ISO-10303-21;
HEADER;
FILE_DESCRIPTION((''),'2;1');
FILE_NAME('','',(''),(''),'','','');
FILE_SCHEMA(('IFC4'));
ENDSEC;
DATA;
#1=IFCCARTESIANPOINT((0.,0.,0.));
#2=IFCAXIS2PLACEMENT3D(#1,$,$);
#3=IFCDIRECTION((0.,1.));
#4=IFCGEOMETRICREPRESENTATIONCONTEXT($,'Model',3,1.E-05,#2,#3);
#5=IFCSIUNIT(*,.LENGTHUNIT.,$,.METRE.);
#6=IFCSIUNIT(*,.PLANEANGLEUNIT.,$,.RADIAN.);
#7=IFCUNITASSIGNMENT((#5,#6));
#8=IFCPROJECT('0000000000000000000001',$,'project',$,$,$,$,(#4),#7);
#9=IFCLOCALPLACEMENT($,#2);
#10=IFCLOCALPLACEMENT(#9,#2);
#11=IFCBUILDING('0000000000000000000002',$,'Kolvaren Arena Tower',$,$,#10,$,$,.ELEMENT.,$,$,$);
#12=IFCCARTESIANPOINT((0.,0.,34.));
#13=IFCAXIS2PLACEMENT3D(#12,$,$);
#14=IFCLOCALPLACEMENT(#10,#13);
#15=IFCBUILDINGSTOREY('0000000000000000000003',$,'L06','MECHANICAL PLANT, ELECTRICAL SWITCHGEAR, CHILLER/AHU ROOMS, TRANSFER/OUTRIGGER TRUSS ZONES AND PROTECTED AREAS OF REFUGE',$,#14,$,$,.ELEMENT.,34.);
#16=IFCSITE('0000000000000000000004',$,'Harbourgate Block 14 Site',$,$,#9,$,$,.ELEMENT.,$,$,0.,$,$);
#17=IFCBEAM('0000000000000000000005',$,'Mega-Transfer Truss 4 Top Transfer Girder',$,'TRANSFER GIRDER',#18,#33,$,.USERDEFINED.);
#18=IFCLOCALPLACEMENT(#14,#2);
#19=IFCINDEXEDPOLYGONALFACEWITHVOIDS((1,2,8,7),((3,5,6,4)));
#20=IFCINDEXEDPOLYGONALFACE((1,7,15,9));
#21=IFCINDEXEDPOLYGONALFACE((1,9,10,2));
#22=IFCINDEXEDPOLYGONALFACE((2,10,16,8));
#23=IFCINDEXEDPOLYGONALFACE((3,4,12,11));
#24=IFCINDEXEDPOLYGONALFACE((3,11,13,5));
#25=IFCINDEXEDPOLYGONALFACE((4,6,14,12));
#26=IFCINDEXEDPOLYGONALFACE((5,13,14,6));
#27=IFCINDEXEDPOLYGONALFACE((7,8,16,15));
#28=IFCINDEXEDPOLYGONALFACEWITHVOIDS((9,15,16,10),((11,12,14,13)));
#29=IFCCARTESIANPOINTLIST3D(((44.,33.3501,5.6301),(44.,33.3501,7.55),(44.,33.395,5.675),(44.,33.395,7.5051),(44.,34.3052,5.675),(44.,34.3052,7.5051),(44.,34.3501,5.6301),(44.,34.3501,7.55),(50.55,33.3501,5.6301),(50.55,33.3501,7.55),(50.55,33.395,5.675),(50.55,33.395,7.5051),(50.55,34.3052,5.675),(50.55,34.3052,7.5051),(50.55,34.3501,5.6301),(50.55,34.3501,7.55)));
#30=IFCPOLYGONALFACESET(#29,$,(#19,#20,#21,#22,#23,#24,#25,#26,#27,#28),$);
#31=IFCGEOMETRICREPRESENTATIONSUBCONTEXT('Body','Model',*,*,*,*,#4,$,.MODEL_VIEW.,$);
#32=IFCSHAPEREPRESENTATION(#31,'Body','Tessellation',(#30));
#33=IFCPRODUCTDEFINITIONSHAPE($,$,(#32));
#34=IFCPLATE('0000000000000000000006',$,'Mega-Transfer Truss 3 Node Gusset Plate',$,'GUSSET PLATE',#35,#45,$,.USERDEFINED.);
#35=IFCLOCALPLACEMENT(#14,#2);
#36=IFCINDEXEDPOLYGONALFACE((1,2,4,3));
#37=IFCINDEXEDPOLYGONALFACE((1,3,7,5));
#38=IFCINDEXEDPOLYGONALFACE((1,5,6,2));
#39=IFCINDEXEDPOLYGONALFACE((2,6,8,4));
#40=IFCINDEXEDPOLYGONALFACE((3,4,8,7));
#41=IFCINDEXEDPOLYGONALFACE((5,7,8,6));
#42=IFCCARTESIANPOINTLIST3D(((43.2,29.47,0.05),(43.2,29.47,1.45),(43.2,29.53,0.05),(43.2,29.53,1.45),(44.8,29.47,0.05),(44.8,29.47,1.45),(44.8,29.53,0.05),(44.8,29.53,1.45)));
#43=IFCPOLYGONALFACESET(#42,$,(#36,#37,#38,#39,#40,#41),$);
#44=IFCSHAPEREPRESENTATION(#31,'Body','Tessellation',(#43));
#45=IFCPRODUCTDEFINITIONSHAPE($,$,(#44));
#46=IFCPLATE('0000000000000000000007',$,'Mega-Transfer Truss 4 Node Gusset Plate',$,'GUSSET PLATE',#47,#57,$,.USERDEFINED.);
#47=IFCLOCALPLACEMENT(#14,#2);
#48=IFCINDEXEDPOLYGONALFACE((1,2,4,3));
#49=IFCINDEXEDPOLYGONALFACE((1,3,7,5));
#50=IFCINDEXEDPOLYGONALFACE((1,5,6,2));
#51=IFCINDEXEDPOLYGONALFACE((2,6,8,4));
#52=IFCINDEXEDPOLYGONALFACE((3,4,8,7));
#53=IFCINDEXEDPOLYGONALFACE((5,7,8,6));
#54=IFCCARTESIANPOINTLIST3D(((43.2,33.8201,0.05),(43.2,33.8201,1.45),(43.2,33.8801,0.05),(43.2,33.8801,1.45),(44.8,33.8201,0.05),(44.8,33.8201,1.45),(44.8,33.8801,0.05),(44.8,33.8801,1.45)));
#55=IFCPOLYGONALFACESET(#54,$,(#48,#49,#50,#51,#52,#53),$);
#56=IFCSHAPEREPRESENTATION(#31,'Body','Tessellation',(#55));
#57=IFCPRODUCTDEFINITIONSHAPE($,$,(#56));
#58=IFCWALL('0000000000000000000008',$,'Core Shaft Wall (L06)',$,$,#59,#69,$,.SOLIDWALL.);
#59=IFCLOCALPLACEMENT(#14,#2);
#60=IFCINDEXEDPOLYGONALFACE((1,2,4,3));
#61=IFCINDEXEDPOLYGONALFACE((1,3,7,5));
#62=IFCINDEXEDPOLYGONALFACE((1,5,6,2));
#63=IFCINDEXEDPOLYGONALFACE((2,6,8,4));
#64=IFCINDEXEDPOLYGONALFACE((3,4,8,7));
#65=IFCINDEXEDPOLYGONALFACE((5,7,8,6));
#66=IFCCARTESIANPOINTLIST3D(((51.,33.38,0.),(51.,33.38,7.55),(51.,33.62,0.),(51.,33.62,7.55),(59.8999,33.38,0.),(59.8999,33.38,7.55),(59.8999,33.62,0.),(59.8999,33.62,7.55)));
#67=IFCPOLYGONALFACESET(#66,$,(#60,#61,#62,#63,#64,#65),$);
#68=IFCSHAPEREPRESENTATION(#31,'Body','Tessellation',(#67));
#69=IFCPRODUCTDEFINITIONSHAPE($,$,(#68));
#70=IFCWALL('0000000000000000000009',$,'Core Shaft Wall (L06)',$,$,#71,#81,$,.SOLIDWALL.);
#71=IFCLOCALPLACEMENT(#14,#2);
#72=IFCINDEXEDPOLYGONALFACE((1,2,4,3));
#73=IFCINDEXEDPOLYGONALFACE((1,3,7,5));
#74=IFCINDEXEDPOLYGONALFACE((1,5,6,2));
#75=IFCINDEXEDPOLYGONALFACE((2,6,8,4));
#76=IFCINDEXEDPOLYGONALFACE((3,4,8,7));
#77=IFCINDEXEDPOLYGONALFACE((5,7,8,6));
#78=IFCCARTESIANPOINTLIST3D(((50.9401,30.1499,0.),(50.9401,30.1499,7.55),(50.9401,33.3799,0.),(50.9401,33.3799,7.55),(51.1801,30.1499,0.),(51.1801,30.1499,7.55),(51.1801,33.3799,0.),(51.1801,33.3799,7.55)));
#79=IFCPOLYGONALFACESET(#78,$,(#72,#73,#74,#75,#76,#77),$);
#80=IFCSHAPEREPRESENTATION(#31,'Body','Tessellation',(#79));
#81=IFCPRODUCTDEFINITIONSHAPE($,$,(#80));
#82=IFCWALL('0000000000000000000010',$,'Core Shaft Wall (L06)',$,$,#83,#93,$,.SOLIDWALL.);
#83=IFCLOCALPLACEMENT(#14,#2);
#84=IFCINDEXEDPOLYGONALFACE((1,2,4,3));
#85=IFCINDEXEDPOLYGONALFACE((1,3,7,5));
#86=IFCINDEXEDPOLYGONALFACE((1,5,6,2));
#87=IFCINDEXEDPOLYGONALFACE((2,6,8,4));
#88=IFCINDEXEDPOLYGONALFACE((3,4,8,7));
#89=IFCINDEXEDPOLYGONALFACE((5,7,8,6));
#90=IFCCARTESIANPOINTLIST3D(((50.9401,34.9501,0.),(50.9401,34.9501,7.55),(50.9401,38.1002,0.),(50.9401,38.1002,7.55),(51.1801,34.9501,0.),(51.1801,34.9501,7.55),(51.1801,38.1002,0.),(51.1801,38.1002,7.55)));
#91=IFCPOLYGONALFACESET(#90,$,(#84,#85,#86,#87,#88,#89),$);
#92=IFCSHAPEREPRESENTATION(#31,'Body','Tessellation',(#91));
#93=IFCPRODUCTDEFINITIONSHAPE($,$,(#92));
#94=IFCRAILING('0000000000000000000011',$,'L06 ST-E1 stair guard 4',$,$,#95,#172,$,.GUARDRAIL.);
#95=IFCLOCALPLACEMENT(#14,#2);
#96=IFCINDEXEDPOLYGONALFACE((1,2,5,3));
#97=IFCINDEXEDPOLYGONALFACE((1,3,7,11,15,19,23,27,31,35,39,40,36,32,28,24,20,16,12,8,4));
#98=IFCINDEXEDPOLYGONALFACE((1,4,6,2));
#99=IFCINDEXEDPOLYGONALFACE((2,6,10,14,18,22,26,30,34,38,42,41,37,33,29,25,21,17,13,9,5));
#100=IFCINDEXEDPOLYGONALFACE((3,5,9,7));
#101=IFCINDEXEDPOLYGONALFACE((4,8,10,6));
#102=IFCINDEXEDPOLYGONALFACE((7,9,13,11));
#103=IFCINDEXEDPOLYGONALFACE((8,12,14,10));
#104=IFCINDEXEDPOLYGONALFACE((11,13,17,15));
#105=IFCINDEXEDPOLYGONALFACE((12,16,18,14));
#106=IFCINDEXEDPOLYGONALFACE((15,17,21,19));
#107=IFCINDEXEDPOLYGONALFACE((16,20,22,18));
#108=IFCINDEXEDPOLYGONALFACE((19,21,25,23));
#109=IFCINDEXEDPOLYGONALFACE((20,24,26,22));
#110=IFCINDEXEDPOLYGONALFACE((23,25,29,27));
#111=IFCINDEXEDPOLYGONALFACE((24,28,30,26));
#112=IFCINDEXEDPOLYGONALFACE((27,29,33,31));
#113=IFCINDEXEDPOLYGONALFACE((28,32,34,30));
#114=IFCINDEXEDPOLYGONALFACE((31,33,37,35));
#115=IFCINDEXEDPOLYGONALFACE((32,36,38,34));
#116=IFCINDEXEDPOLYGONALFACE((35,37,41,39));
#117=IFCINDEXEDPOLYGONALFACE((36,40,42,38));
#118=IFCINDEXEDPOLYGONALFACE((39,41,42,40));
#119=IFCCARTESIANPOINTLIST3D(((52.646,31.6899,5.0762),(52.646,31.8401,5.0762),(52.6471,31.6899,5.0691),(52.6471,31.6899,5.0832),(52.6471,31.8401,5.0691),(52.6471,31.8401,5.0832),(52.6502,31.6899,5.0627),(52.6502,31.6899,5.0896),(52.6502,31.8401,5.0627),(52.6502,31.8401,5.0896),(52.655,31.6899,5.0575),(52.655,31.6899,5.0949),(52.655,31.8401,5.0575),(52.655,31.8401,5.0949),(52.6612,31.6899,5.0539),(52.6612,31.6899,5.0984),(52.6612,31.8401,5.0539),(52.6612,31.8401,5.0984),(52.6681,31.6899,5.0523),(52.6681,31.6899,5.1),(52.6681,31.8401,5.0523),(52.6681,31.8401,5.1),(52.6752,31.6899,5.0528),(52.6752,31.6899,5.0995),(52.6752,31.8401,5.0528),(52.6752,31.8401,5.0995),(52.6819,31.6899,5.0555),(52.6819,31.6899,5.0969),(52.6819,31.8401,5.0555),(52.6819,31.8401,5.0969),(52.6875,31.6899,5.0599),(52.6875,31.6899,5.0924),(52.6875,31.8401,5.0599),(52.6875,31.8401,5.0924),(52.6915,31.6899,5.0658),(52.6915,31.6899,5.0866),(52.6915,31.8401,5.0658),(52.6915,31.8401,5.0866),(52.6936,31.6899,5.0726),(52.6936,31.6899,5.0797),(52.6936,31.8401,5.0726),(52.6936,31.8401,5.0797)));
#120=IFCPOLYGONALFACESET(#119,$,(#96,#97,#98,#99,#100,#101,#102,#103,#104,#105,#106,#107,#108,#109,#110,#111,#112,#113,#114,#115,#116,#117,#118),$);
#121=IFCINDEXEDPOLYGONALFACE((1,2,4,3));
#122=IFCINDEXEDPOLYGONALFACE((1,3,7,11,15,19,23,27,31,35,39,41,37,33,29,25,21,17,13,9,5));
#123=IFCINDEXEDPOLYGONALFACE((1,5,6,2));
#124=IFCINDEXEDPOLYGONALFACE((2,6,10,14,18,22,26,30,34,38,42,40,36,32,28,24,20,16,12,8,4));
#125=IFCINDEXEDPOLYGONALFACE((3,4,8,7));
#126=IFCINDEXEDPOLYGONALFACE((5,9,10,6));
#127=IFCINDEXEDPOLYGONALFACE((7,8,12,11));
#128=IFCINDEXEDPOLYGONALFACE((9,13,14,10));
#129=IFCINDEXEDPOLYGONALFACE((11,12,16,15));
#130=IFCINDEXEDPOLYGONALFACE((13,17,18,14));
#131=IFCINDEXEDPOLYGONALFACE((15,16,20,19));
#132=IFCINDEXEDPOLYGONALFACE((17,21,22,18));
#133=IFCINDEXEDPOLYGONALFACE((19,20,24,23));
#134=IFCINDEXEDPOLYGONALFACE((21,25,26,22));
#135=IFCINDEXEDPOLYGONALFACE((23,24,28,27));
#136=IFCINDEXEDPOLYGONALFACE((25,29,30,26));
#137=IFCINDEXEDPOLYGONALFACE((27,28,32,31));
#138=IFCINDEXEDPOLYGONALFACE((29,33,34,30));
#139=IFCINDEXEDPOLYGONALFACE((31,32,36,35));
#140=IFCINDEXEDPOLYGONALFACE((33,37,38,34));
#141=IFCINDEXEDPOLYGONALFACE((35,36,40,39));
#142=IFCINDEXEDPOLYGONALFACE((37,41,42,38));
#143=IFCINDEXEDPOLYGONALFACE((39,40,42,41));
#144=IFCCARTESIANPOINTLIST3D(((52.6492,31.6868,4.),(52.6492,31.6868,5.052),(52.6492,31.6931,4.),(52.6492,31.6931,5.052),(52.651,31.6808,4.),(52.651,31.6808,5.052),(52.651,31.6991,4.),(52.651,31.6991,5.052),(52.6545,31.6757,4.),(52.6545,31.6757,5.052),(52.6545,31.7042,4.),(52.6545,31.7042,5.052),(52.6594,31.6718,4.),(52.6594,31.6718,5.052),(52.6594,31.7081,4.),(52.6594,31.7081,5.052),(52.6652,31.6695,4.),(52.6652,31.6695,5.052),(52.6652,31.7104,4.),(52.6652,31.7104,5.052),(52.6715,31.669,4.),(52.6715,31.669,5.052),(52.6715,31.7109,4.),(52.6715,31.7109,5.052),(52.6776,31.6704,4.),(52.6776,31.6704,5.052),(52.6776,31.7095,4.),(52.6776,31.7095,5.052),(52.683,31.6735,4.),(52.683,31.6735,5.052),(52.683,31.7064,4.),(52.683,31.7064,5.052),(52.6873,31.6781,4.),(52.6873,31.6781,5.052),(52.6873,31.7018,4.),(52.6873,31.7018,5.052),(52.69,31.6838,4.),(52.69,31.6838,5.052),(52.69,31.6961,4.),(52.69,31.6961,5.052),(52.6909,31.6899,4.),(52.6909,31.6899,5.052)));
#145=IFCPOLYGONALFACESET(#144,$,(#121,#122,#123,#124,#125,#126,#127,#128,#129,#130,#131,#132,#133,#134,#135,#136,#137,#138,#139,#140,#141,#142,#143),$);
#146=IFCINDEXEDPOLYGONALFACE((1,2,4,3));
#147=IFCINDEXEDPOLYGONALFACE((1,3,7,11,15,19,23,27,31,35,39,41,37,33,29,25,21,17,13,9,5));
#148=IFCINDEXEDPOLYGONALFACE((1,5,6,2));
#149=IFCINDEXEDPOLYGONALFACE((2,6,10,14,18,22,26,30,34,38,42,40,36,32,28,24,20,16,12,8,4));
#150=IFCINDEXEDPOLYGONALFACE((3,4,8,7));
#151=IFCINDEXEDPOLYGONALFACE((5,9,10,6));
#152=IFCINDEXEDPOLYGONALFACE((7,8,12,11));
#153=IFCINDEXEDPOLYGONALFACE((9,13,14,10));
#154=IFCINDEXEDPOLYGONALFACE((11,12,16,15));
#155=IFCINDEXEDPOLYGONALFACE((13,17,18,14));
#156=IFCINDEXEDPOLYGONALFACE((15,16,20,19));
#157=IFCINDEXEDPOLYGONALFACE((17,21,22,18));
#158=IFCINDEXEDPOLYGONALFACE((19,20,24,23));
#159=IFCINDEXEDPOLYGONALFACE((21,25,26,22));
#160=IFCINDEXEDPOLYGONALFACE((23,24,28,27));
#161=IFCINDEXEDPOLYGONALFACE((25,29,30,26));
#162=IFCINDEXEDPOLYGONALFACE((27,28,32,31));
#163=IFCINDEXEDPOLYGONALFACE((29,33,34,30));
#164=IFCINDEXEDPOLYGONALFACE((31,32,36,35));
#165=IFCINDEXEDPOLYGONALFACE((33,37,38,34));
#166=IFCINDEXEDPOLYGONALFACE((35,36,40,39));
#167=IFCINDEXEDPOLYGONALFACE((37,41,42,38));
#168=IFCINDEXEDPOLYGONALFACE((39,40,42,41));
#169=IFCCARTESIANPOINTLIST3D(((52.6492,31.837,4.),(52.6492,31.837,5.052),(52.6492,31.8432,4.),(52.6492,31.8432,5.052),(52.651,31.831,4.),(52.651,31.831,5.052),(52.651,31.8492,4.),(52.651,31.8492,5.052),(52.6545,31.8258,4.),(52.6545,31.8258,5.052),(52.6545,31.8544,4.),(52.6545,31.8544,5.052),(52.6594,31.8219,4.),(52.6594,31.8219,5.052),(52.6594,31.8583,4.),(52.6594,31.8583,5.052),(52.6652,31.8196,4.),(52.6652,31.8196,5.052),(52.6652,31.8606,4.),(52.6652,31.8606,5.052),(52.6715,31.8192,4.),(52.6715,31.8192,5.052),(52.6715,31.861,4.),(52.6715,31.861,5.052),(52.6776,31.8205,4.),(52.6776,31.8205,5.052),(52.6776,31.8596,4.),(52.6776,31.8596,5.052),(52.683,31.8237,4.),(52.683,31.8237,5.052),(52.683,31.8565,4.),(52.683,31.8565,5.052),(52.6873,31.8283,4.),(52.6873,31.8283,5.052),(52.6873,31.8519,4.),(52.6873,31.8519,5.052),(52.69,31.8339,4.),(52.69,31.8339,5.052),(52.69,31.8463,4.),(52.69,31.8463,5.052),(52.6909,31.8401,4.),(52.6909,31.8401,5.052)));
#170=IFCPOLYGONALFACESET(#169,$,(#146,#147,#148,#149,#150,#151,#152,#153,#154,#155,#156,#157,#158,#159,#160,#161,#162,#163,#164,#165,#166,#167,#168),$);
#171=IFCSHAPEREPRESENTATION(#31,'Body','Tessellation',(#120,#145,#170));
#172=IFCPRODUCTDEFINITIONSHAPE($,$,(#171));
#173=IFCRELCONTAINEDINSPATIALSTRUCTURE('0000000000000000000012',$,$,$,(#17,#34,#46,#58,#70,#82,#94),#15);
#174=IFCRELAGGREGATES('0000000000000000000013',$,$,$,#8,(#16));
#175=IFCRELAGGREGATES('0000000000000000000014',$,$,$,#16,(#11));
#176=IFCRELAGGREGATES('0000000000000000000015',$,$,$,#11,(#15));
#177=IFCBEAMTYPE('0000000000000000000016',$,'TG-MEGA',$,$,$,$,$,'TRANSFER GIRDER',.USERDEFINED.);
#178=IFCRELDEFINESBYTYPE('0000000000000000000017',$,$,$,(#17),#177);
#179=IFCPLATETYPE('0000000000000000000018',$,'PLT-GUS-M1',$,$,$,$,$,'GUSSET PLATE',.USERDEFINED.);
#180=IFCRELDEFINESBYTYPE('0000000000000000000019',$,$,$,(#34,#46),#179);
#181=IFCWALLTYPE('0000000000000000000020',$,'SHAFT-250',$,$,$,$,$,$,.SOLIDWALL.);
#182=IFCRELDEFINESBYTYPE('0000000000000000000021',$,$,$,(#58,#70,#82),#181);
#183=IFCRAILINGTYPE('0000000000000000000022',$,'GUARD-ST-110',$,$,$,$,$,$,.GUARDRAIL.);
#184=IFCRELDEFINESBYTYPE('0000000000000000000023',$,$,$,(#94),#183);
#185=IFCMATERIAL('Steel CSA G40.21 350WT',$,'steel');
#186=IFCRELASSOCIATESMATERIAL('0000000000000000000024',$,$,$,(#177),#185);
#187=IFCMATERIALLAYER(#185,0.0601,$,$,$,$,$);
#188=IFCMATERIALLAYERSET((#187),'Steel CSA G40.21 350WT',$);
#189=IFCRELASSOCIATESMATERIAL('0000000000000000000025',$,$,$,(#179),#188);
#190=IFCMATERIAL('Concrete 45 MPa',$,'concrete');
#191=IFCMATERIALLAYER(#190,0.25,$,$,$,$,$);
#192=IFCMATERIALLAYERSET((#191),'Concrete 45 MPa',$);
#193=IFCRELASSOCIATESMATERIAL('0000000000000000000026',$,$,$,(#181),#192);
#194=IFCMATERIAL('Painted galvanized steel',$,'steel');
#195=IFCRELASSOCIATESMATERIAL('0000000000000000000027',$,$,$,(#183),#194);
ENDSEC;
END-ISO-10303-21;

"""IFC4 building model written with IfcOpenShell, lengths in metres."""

from ifc_helpers import new_model, si_unit, direction, frame, frame_2d, origin, origin_2d, place, context, subcontext, project, spatial, rectangle, hollow_rectangle, circle, extrude, material, layer, layer_set, material_profile, profile_set, type_object, element, save


model = new_model("IFC4")

# Units and contexts
model_context = context("Model", 3, precision=1e-05, world=origin(), true_north=direction((0.0, 1.0)))
body_context = subcontext(model_context, "Body", "Model", "MODEL_VIEW")
ifc_project = project(units=[si_unit("LENGTHUNIT", "METRE"), si_unit("PLANEANGLEUNIT", "RADIAN")], contexts=[model_context])

# Site, building, storey
site_placement = place(None, origin())
site = spatial("IfcSite", under=ifc_project, at=site_placement, Name="Harbourgate Block 14 Site", CompositionType="ELEMENT", RefElevation=0.0)
building_placement = place(site_placement, origin())
building = spatial("IfcBuilding", under=site, at=building_placement, Name="Kolvaren Arena Tower", CompositionType="ELEMENT")
storey_placement = place(building_placement, frame((0.0, 0.0, 34.0)))
storey = spatial("IfcBuildingStorey", under=building, at=storey_placement, Name="L06", Description="MECHANICAL PLANT, ELECTRICAL SWITCHGEAR, CHILLER/AHU ROOMS, TRANSFER/OUTRIGGER TRUSS ZONES AND PROTECTED AREAS OF REFUGE", CompositionType="ELEMENT", Elevation=34.0)

# Beam
ifc_material_1 = material(Name="Steel CSA G40.21 350WT", Category="steel")
ifc_material_profile_1 = material_profile(ifc_material_1, hollow_rectangle(XDim=1.0, YDim=1.9199, WallThickness=0.0449, at=origin_2d()), Name="BOX 1000x1920x45")
ifc_profile_set_1 = profile_set([ifc_material_profile_1], Name="Steel CSA G40.21 350WT")
beam_type_1 = type_object("IfcBeamType", Name="TG-MEGA", ElementType="TRANSFER GIRDER", PredefinedType="USERDEFINED", material=ifc_profile_set_1)
beam_1_placement = place(storey_placement, frame((44.0, 33.8501, 6.5901), z_axis=(1.0, 0.0, 0.0), x_axis=(0.0, 1.0, 0.0)))
element("IfcBeam", 1, at=beam_1_placement, inside=storey, type_object=beam_type_1, Name="Mega-Transfer Truss 4 Top Transfer Girder", ObjectType="TRANSFER GIRDER", PredefinedType="USERDEFINED", context=body_context, shape_type="SweptSolid", body=[
    extrude(hollow_rectangle(XDim=1.0, YDim=1.9199, WallThickness=0.0449, at=origin_2d()), origin(), (0.0, 0.0, 1.0), 6.55),
])

# Plates
ifc_layer_1 = layer(ifc_material_1, 0.0601)
ifc_layer_set_1 = layer_set([ifc_layer_1], Name="Steel CSA G40.21 350WT")
plate_type = type_object("IfcPlateType", Name="PLT-GUS-M1", ElementType="GUSSET PLATE", PredefinedType="USERDEFINED", material=ifc_layer_set_1)
for number, where, z_axis, x_axis, name in (
    (2, (44.0, 29.5, 0.05), (0.0, 0.0, 1.0), (1.0, 0.0, 0.0), "Mega-Transfer Truss 3 Node Gusset Plate"),
    (3, (44.0, 33.8501, 0.05), (0.0, 0.0, 1.0), (1.0, 0.0, 0.0), "Mega-Transfer Truss 4 Node Gusset Plate"),
):
    element("IfcPlate", number, at=place(storey_placement, frame(where, z_axis=z_axis, x_axis=x_axis)), inside=storey, type_object=plate_type, Name=name, ObjectType="GUSSET PLATE", PredefinedType="USERDEFINED", context=body_context, shape_type="SweptSolid", body=[
        extrude(rectangle(XDim=1.6001, YDim=0.0601, at=origin_2d()), origin(), (0.0, 0.0, 1.0), 1.3999),
    ])

# Walls
ifc_material_2 = material(Name="Concrete 45 MPa", Category="concrete")
ifc_layer_2 = layer(ifc_material_2, 0.25)
ifc_layer_set_2 = layer_set([ifc_layer_2], Name="Concrete 45 MPa")
wall_type = type_object("IfcWallType", Name="SHAFT-250", PredefinedType="SOLIDWALL", material=ifc_layer_set_2)
wall_1_placement = place(storey_placement, frame((51.0, 33.5, 0.0), z_axis=(0.0, 0.0, 1.0), x_axis=(1.0, 0.0, 0.0)))
element("IfcWall", 4, at=wall_1_placement, inside=storey, type_object=wall_type, Name="Core Shaft Wall (L06)", PredefinedType="SOLIDWALL", context=body_context, shape_type="SweptSolid", body=[
    extrude(rectangle(XDim=8.8999, YDim=0.24, at=frame_2d((4.45, 0.0))), origin(), (0.0, 0.0, 1.0), 7.55),
])
wall_2_placement = place(storey_placement, frame((51.0601, 30.1499, 0.0), z_axis=(0.0, 0.0, 1.0), x_axis=(0.0, 1.0, 0.0)))
element("IfcWall", 5, at=wall_2_placement, inside=storey, type_object=wall_type, Name="Core Shaft Wall (L06)", PredefinedType="SOLIDWALL", context=body_context, shape_type="SweptSolid", body=[
    extrude(rectangle(XDim=3.23, YDim=0.24, at=frame_2d((1.615, 0.0))), origin(), (0.0, 0.0, 1.0), 7.55),
])
wall_3_placement = place(storey_placement, frame((51.0601, 34.95, 0.0), z_axis=(0.0, 0.0, 1.0), x_axis=(0.0, 1.0, 0.0)))
element("IfcWall", 6, at=wall_3_placement, inside=storey, type_object=wall_type, Name="Core Shaft Wall (L06)", PredefinedType="SOLIDWALL", context=body_context, shape_type="SweptSolid", body=[
    extrude(rectangle(XDim=3.1501, YDim=0.24, at=frame_2d((1.5752, 0.0))), origin(), (0.0, 0.0, 1.0), 7.55),
])

# Railing
ifc_material_3 = material(Name="Painted galvanized steel", Category="steel")
railing_type_1 = type_object("IfcRailingType", Name="GUARD-ST-110", PredefinedType="GUARDRAIL", material=ifc_material_3)
for number, where, name in (
    (7, (52.6699, 31.6899, 4.0), "L06 ST-E1 stair guard 4"),
):
    element("IfcRailing", number, at=place(storey_placement, frame(where)), inside=storey, type_object=railing_type_1, Name=name, PredefinedType="GUARDRAIL", context=body_context, shape_type="SweptSolid", body=[
        extrude(circle(Radius=0.0239, at=origin_2d()), frame((0.0, 0.0, 1.0762), z_axis=(0.0, 1.0, 0.0), x_axis=(-1.0, 0.0, 0.0)), (0.0, 0.0, 1.0), 0.1501),
        extrude(circle(Radius=0.021, at=origin_2d()), origin(), (0.0, 0.0, 1.0), 1.052),
        extrude(circle(Radius=0.021, at=origin_2d()), frame((0.0, 0.1501, 0.0)), (0.0, 0.0, 1.0), 1.052),
    ])

save(model, "model.ifc")
